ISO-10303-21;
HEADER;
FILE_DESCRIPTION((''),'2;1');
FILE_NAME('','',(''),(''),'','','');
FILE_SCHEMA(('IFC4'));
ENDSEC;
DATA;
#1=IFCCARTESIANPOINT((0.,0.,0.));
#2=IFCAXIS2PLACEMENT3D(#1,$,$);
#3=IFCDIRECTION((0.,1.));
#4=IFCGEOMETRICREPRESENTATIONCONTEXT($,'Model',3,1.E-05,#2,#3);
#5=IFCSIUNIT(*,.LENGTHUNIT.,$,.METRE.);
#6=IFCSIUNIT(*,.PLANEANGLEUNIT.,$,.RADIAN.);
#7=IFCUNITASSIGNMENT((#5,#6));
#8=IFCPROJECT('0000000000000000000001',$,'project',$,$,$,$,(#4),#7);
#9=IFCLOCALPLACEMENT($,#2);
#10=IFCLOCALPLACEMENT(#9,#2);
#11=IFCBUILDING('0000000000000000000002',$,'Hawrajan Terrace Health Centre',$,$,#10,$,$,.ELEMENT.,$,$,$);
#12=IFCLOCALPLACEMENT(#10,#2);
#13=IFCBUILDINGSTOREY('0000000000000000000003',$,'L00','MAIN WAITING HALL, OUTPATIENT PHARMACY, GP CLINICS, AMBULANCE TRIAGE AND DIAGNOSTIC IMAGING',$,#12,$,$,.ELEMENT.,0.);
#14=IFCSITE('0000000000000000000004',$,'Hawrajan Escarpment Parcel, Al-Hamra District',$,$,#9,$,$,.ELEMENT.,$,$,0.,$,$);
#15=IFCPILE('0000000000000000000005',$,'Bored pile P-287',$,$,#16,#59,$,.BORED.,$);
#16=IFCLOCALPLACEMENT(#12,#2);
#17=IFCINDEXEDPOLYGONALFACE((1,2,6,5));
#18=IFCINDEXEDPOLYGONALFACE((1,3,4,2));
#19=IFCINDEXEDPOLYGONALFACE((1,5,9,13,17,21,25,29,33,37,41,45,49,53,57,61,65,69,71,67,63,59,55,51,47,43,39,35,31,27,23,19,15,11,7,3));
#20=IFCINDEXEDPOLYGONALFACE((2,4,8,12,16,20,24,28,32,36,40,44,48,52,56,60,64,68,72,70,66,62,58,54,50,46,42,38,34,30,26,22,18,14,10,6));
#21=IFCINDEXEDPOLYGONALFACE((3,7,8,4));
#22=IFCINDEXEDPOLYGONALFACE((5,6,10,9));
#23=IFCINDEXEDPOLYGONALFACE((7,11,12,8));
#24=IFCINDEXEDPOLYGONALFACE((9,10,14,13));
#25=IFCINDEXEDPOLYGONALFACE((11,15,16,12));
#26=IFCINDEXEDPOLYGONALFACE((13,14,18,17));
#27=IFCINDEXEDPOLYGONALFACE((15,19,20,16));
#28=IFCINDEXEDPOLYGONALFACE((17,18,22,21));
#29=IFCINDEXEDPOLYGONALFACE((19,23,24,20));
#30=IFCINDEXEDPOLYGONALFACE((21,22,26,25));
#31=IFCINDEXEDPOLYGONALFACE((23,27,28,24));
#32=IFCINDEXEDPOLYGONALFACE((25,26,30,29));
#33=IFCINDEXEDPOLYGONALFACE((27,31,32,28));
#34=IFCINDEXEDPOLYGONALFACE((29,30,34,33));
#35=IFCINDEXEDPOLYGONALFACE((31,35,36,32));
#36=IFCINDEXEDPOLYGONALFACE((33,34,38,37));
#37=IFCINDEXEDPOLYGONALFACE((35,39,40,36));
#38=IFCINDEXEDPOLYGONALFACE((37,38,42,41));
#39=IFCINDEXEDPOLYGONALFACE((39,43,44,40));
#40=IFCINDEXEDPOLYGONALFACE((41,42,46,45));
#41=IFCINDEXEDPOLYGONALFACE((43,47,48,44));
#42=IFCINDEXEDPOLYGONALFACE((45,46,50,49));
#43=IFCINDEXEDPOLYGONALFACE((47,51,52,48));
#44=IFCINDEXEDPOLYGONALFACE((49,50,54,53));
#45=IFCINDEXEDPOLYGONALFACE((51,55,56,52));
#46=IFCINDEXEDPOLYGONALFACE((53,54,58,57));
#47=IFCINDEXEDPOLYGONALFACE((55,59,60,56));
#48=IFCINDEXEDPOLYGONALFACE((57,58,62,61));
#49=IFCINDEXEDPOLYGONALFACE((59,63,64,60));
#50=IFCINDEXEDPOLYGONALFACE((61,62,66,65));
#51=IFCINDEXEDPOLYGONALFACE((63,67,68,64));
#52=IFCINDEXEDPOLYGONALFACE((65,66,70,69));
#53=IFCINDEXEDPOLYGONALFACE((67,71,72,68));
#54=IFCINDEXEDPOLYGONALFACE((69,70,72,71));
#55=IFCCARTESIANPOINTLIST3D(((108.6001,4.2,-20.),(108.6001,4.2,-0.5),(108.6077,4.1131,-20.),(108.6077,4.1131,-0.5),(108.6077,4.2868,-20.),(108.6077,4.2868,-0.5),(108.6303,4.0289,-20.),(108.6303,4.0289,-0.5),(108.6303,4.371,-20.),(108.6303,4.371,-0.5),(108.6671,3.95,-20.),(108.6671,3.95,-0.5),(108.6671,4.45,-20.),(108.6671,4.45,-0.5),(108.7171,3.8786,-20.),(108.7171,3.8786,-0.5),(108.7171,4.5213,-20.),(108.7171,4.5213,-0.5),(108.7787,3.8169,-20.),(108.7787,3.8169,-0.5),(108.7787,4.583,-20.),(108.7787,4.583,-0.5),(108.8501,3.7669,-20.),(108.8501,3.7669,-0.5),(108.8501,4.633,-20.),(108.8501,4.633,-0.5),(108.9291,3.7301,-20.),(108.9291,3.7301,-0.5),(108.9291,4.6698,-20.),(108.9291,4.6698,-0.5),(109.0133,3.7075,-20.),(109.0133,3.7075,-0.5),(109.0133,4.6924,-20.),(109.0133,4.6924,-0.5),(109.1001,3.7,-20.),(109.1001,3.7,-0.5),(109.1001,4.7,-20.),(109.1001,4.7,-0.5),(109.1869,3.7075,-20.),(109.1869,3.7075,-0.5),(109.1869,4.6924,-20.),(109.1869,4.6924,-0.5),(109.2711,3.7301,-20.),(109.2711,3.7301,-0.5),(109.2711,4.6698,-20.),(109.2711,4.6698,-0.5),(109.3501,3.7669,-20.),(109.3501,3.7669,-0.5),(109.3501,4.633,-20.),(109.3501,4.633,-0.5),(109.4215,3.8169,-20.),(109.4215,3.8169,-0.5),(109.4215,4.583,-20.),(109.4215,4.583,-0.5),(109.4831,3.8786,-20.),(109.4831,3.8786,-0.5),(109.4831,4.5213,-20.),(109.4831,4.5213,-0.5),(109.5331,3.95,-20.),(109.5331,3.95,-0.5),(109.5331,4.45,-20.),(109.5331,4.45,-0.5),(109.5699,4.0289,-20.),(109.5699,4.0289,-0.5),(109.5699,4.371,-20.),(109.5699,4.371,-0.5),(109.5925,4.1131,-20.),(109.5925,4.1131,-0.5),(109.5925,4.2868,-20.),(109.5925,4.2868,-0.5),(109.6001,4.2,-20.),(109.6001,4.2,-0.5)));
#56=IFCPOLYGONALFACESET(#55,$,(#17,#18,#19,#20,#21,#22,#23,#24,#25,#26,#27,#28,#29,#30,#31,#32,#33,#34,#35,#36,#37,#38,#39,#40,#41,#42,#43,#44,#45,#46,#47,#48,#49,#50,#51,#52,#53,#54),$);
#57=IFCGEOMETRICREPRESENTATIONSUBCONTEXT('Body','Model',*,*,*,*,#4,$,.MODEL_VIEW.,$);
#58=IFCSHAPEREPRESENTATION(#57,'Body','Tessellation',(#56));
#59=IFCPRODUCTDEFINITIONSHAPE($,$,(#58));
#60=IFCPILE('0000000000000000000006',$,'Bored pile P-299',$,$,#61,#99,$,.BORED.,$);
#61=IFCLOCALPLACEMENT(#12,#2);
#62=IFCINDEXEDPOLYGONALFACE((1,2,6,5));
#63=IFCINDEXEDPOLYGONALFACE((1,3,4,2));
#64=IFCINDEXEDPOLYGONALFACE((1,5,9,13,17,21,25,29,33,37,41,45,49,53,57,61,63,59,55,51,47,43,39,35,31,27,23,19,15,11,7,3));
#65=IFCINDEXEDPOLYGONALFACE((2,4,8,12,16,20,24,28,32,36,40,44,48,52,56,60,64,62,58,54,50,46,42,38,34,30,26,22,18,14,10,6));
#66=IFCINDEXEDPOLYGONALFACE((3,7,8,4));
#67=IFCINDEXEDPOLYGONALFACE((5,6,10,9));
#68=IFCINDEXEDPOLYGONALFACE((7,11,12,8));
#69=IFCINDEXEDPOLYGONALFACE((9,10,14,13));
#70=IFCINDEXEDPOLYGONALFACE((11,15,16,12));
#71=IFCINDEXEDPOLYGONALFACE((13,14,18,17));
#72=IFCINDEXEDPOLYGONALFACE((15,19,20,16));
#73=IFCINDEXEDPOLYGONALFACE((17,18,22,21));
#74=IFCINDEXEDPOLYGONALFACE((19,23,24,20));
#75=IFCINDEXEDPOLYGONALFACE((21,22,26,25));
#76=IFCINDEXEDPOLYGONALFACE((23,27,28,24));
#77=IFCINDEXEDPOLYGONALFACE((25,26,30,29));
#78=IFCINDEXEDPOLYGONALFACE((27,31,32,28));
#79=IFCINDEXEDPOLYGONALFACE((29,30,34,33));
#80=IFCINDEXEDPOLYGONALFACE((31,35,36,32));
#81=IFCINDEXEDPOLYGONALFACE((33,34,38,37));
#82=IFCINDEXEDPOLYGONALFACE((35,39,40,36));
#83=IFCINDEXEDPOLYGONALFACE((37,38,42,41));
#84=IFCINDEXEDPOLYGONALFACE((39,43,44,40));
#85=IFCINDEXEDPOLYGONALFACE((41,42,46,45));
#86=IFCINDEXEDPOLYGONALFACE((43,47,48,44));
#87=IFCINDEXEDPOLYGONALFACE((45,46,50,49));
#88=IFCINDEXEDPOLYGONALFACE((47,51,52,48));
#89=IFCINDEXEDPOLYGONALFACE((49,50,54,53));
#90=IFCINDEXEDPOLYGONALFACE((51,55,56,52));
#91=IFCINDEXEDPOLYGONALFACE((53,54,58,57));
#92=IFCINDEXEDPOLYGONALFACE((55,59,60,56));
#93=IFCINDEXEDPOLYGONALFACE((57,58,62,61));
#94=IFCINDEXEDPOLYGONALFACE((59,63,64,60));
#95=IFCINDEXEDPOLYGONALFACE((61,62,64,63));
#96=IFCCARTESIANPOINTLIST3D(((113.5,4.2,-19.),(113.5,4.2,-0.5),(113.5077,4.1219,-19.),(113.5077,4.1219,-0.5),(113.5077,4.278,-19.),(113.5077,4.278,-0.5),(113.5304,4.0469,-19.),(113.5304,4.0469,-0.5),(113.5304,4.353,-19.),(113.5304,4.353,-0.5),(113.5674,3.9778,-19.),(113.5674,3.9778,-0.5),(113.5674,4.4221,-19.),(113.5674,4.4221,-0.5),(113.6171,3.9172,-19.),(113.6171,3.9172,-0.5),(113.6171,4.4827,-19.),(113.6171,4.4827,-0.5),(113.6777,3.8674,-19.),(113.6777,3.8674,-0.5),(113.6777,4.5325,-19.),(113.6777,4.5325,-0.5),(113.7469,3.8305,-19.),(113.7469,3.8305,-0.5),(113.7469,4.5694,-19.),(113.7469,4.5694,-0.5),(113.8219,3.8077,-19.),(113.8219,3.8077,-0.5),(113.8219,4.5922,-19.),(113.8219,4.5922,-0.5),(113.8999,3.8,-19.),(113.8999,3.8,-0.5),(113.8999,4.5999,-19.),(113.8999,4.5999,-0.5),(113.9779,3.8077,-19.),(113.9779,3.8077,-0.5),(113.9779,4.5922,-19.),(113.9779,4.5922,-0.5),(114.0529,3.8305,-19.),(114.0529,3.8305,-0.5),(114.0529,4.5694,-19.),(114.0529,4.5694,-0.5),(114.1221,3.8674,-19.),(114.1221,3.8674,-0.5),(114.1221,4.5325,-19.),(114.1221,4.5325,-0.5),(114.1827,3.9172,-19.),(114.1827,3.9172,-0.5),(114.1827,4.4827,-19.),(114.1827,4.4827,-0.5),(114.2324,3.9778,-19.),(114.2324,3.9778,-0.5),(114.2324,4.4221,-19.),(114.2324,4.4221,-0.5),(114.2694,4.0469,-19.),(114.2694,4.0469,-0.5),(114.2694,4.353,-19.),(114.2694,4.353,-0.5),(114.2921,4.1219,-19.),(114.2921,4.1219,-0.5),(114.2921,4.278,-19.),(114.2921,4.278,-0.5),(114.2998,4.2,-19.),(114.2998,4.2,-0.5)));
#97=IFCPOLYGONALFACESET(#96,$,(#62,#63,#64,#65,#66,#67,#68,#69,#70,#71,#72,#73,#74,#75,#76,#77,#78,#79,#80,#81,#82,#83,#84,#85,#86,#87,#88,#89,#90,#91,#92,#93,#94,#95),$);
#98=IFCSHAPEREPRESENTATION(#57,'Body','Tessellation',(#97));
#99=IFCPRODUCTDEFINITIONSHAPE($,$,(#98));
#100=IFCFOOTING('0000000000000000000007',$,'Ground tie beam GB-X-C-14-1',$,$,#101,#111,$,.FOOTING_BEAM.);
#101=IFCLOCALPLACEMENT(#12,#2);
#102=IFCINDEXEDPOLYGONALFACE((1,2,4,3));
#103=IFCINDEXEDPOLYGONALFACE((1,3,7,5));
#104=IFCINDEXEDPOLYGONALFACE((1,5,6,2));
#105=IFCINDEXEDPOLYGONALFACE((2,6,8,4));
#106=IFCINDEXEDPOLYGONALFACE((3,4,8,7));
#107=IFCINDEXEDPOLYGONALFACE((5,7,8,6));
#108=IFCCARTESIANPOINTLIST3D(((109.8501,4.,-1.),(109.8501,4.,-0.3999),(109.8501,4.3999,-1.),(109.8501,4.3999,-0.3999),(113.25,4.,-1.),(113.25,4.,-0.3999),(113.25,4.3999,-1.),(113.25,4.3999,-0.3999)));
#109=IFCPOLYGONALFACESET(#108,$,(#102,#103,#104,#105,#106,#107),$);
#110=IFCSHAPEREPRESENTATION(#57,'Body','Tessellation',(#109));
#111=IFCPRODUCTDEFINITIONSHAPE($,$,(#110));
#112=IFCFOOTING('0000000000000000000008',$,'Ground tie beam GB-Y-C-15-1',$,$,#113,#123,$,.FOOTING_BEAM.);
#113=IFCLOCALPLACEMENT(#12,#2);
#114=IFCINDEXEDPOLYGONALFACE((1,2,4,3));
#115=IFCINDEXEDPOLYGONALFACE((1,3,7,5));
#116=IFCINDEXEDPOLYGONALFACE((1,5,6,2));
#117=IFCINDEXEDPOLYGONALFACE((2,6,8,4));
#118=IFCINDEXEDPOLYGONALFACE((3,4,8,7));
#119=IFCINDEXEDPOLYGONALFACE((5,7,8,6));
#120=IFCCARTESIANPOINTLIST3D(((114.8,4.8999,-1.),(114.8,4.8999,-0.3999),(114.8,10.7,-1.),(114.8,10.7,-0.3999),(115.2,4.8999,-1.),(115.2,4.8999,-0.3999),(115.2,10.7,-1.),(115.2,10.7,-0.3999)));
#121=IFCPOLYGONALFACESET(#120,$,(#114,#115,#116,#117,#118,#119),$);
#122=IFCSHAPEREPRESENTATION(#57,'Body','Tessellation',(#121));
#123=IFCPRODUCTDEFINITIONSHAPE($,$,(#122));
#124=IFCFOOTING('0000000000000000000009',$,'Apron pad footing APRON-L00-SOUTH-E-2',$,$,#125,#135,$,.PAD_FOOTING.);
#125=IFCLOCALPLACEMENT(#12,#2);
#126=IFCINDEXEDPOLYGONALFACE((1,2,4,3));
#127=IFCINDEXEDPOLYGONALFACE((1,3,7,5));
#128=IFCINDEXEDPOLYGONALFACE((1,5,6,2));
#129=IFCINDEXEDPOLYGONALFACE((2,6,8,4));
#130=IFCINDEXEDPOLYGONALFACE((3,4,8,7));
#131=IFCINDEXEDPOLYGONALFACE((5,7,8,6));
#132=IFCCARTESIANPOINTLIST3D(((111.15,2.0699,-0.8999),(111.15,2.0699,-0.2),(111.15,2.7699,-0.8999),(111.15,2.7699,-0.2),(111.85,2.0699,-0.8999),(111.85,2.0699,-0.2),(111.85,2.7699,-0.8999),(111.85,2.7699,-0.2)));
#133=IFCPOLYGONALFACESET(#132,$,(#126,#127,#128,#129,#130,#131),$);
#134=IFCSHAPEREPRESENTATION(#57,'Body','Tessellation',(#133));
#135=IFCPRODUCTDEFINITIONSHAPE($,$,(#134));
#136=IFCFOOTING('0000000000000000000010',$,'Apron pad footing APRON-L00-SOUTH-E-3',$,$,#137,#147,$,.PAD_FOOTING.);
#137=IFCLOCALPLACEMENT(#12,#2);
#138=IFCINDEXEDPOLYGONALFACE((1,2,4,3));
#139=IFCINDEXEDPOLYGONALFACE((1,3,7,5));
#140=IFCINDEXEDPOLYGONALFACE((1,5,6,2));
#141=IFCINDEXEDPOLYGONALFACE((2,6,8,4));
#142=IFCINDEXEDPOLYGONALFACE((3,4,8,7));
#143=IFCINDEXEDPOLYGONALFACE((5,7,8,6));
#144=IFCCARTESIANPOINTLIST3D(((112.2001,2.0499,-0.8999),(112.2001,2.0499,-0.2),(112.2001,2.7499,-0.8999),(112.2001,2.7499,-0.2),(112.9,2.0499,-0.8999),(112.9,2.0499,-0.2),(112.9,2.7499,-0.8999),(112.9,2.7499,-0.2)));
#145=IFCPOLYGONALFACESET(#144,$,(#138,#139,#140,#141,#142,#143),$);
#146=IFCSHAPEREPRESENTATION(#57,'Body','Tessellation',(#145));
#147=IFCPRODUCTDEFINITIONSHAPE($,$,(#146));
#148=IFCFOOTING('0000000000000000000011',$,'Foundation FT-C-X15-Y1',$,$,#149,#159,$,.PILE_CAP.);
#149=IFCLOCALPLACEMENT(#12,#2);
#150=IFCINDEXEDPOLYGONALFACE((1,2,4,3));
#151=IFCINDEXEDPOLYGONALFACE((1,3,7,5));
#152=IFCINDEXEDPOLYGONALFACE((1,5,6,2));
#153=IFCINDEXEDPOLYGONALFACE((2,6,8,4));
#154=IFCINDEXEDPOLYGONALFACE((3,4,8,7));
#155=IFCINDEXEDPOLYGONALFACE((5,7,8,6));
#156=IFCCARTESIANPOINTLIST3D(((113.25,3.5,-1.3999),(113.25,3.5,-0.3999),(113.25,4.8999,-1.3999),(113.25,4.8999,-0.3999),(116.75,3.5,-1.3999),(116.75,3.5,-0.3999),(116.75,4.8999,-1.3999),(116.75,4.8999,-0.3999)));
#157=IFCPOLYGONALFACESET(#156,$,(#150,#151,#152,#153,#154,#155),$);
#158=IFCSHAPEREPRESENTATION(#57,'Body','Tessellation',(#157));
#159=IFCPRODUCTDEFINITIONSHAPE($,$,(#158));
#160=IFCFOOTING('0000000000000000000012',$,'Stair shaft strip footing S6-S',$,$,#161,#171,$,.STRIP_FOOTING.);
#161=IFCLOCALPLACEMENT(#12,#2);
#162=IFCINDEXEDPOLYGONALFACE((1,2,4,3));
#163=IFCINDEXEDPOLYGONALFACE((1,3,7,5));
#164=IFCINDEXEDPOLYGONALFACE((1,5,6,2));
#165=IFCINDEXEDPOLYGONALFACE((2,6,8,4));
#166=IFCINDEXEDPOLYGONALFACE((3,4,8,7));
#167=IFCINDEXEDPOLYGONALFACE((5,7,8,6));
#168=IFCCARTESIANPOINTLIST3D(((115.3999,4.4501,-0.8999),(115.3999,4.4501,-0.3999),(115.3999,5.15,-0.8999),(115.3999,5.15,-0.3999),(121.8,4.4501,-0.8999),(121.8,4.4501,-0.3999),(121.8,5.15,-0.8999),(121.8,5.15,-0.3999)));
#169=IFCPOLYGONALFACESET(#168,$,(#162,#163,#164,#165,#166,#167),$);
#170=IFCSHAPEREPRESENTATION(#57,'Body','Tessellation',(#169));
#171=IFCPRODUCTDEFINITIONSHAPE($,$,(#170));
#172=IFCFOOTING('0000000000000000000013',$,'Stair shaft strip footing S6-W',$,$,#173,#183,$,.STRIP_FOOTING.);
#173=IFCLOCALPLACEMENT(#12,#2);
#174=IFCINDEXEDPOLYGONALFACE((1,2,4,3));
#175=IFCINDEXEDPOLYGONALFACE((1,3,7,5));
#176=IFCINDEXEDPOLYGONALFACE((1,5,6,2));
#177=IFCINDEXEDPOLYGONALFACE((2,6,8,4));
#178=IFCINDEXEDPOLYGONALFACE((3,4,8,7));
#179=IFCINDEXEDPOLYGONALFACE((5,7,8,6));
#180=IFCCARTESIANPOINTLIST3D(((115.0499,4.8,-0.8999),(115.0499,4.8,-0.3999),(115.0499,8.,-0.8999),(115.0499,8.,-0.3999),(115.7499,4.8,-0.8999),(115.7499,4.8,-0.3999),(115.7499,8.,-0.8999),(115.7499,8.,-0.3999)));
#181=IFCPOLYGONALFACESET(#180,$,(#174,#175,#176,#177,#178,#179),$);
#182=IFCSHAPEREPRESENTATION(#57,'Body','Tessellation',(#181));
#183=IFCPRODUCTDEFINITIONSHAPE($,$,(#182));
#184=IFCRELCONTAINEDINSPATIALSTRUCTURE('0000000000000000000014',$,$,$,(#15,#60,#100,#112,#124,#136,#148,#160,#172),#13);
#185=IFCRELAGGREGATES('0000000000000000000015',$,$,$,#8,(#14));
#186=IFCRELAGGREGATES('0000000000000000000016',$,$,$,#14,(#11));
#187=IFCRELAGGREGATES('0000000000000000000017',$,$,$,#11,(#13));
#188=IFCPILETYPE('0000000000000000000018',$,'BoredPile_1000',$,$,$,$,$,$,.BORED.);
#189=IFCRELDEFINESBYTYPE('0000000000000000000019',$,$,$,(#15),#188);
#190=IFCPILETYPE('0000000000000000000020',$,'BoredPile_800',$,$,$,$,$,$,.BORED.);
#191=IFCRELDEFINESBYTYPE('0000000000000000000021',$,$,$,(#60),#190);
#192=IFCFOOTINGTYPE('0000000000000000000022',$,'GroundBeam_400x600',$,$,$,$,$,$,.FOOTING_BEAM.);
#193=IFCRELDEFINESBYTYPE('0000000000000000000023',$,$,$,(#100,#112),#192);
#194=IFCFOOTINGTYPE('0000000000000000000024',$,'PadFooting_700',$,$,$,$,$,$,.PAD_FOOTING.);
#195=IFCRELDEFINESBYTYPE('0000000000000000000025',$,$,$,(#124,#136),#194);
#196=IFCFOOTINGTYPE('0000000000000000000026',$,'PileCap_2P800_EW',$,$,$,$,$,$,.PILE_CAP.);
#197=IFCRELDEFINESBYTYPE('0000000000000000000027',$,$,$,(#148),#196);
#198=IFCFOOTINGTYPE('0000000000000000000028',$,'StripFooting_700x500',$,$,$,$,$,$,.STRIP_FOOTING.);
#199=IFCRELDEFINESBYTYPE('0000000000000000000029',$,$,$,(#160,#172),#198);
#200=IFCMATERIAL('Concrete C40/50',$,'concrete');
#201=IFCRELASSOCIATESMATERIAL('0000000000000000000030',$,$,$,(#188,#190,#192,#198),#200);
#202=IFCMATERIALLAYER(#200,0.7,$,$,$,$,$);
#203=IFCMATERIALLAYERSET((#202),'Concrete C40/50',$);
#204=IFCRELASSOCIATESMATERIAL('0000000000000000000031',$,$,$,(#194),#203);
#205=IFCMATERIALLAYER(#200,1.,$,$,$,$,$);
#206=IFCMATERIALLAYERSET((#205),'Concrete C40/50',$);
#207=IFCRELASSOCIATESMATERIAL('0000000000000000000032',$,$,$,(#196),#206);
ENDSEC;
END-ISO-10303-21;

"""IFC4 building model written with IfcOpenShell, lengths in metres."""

from ifc_helpers import new_model, si_unit, direction, frame, origin, origin_2d, place, context, subcontext, project, spatial, rectangle, circle, extrude, material, layer, layer_set, material_profile, profile_set, type_object, element, save


model = new_model("IFC4")

# Units and contexts
model_context = context("Model", 3, precision=1e-05, world=origin(), true_north=direction((0.0, 1.0)))
body_context = subcontext(model_context, "Body", "Model", "MODEL_VIEW")
ifc_project = project(units=[si_unit("LENGTHUNIT", "METRE"), si_unit("PLANEANGLEUNIT", "RADIAN")], contexts=[model_context])

# Site, building, storey
site_placement = place(None, origin())
site = spatial("IfcSite", under=ifc_project, at=site_placement, Name="Hawrajan Escarpment Parcel, Al-Hamra District", CompositionType="ELEMENT", RefElevation=0.0)
building_placement = place(site_placement, origin())
building = spatial("IfcBuilding", under=site, at=building_placement, Name="Hawrajan Terrace Health Centre", CompositionType="ELEMENT")
storey_placement = place(building_placement, origin())
storey = spatial("IfcBuildingStorey", under=building, at=storey_placement, Name="L00", Description="MAIN WAITING HALL, OUTPATIENT PHARMACY, GP CLINICS, AMBULANCE TRIAGE AND DIAGNOSTIC IMAGING", CompositionType="ELEMENT", Elevation=0.0)

# Piles
ifc_material_1 = material(Name="Concrete C40/50", Category="concrete")
ifc_material_profile_1 = material_profile(ifc_material_1, circle(Radius=0.5, at=origin_2d()), Name="BP 1000")
ifc_profile_set_1 = profile_set([ifc_material_profile_1], Name="Concrete C40/50")
pile_type_1 = type_object("IfcPileType", Name="BoredPile_1000", PredefinedType="BORED", material=ifc_profile_set_1)
pile_1_placement = place(storey_placement, frame((109.1001, 4.2, -0.5), z_axis=(0.0, 0.0, -1.0), x_axis=(1.0, 0.0, 0.0)))
element("IfcPile", 1, at=pile_1_placement, inside=storey, type_object=pile_type_1, Name="Bored pile P-287", PredefinedType="BORED", context=body_context, shape_type="SweptSolid", body=[
    extrude(circle(Radius=0.5, at=origin_2d()), origin(), (0.0, 0.0, 1.0), 19.5),
])
ifc_material_profile_2 = material_profile(ifc_material_1, circle(Radius=0.3999, at=origin_2d()), Name="BP 800")
ifc_profile_set_2 = profile_set([ifc_material_profile_2], Name="Concrete C40/50")
pile_type_2 = type_object("IfcPileType", Name="BoredPile_800", PredefinedType="BORED", material=ifc_profile_set_2)
pile_2_placement = place(storey_placement, frame((113.8999, 4.2, -0.5), z_axis=(0.0, 0.0, -1.0), x_axis=(1.0, 0.0, 0.0)))
element("IfcPile", 2, at=pile_2_placement, inside=storey, type_object=pile_type_2, Name="Bored pile P-299", PredefinedType="BORED", context=body_context, shape_type="SweptSolid", body=[
    extrude(circle(Radius=0.3999, at=origin_2d()), origin(), (0.0, 0.0, 1.0), 18.5),
])

# Footings
ifc_material_profile_3 = material_profile(ifc_material_1, rectangle(XDim=0.3999, YDim=0.6001, at=origin_2d()), Name="RC BM 400x600")
ifc_profile_set_3 = profile_set([ifc_material_profile_3], Name="Concrete C40/50")
footing_type_1 = type_object("IfcFootingType", Name="GroundBeam_400x600", PredefinedType="FOOTING_BEAM", material=ifc_profile_set_3)
footing_1_placement = place(storey_placement, frame((109.8501, 4.2, -0.7), z_axis=(1.0, 0.0, 0.0), x_axis=(0.0, 1.0, 0.0)))
element("IfcFooting", 3, at=footing_1_placement, inside=storey, type_object=footing_type_1, Name="Ground tie beam GB-X-C-14-1", PredefinedType="FOOTING_BEAM", context=body_context, shape_type="SweptSolid", body=[
    extrude(rectangle(XDim=0.3999, YDim=0.6001, at=origin_2d()), origin(), (0.0, 0.0, 1.0), 3.3999),
])
footing_2_placement = place(storey_placement, frame((115.0, 4.8999, -0.7), z_axis=(0.0, 1.0, 0.0), x_axis=(-1.0, 0.0, 0.0)))
element("IfcFooting", 4, at=footing_2_placement, inside=storey, type_object=footing_type_1, Name="Ground tie beam GB-Y-C-15-1", PredefinedType="FOOTING_BEAM", context=body_context, shape_type="SweptSolid", body=[
    extrude(rectangle(XDim=0.3999, YDim=0.6001, at=origin_2d()), origin(), (0.0, 0.0, 1.0), 5.8),
])
ifc_layer_1 = layer(ifc_material_1, 0.7)
ifc_layer_set_1 = layer_set([ifc_layer_1], Name="Concrete C40/50")
footing_type_2 = type_object("IfcFootingType", Name="PadFooting_700", PredefinedType="PAD_FOOTING", material=ifc_layer_set_1)
for number, where, z_axis, x_axis, name in (
    (5, (111.5, 2.4199, -0.8999), (0.0, 0.0, 1.0), (1.0, 0.0, 0.0), "Apron pad footing APRON-L00-SOUTH-E-2"),
    (6, (112.55, 2.3999, -0.8999), (0.0, 0.0, 1.0), (1.0, 0.0, 0.0), "Apron pad footing APRON-L00-SOUTH-E-3"),
):
    element("IfcFooting", number, at=place(storey_placement, frame(where, z_axis=z_axis, x_axis=x_axis)), inside=storey, type_object=footing_type_2, Name=name, PredefinedType="PAD_FOOTING", context=body_context, shape_type="SweptSolid", body=[
        extrude(rectangle(XDim=0.7, YDim=0.7, at=origin_2d()), origin(), (0.0, 0.0, 1.0), 0.7),
    ])
ifc_layer_2 = layer(ifc_material_1, 1.0)
ifc_layer_set_2 = layer_set([ifc_layer_2], Name="Concrete C40/50")
footing_type_3 = type_object("IfcFootingType", Name="PileCap_2P800_EW", PredefinedType="PILE_CAP", material=ifc_layer_set_2)
footing_3_placement = place(storey_placement, frame((115.0, 4.2, -1.3999), z_axis=(0.0, 0.0, 1.0), x_axis=(1.0, 0.0, 0.0)))
element("IfcFooting", 7, at=footing_3_placement, inside=storey, type_object=footing_type_3, Name="Foundation FT-C-X15-Y1", PredefinedType="PILE_CAP", context=body_context, shape_type="SweptSolid", body=[
    extrude(rectangle(XDim=3.5, YDim=1.3999, at=origin_2d()), origin(), (0.0, 0.0, 1.0), 1.0),
])
ifc_material_profile_4 = material_profile(ifc_material_1, rectangle(XDim=0.7, YDim=0.5, at=origin_2d()), Name="RC STRIP 700x500")
ifc_profile_set_4 = profile_set([ifc_material_profile_4], Name="Concrete C40/50")
footing_type_4 = type_object("IfcFootingType", Name="StripFooting_700x500", PredefinedType="STRIP_FOOTING", material=ifc_profile_set_4)
footing_4_placement = place(storey_placement, frame((115.3999, 4.8, -0.6499), z_axis=(1.0, 0.0, 0.0), x_axis=(0.0, 1.0, 0.0)))
element("IfcFooting", 8, at=footing_4_placement, inside=storey, type_object=footing_type_4, Name="Stair shaft strip footing S6-S", PredefinedType="STRIP_FOOTING", context=body_context, shape_type="SweptSolid", body=[
    extrude(rectangle(XDim=0.7, YDim=0.5, at=origin_2d()), origin(), (0.0, 0.0, 1.0), 6.4001),
])
footing_5_placement = place(storey_placement, frame((115.3999, 4.8, -0.6499), z_axis=(0.0, 1.0, 0.0), x_axis=(-1.0, 0.0, 0.0)))
element("IfcFooting", 9, at=footing_5_placement, inside=storey, type_object=footing_type_4, Name="Stair shaft strip footing S6-W", PredefinedType="STRIP_FOOTING", context=body_context, shape_type="SweptSolid", body=[
    extrude(rectangle(XDim=0.7, YDim=0.5, at=origin_2d()), origin(), (0.0, 0.0, 1.0), 3.2),
])

save(model, "model.ifc")
